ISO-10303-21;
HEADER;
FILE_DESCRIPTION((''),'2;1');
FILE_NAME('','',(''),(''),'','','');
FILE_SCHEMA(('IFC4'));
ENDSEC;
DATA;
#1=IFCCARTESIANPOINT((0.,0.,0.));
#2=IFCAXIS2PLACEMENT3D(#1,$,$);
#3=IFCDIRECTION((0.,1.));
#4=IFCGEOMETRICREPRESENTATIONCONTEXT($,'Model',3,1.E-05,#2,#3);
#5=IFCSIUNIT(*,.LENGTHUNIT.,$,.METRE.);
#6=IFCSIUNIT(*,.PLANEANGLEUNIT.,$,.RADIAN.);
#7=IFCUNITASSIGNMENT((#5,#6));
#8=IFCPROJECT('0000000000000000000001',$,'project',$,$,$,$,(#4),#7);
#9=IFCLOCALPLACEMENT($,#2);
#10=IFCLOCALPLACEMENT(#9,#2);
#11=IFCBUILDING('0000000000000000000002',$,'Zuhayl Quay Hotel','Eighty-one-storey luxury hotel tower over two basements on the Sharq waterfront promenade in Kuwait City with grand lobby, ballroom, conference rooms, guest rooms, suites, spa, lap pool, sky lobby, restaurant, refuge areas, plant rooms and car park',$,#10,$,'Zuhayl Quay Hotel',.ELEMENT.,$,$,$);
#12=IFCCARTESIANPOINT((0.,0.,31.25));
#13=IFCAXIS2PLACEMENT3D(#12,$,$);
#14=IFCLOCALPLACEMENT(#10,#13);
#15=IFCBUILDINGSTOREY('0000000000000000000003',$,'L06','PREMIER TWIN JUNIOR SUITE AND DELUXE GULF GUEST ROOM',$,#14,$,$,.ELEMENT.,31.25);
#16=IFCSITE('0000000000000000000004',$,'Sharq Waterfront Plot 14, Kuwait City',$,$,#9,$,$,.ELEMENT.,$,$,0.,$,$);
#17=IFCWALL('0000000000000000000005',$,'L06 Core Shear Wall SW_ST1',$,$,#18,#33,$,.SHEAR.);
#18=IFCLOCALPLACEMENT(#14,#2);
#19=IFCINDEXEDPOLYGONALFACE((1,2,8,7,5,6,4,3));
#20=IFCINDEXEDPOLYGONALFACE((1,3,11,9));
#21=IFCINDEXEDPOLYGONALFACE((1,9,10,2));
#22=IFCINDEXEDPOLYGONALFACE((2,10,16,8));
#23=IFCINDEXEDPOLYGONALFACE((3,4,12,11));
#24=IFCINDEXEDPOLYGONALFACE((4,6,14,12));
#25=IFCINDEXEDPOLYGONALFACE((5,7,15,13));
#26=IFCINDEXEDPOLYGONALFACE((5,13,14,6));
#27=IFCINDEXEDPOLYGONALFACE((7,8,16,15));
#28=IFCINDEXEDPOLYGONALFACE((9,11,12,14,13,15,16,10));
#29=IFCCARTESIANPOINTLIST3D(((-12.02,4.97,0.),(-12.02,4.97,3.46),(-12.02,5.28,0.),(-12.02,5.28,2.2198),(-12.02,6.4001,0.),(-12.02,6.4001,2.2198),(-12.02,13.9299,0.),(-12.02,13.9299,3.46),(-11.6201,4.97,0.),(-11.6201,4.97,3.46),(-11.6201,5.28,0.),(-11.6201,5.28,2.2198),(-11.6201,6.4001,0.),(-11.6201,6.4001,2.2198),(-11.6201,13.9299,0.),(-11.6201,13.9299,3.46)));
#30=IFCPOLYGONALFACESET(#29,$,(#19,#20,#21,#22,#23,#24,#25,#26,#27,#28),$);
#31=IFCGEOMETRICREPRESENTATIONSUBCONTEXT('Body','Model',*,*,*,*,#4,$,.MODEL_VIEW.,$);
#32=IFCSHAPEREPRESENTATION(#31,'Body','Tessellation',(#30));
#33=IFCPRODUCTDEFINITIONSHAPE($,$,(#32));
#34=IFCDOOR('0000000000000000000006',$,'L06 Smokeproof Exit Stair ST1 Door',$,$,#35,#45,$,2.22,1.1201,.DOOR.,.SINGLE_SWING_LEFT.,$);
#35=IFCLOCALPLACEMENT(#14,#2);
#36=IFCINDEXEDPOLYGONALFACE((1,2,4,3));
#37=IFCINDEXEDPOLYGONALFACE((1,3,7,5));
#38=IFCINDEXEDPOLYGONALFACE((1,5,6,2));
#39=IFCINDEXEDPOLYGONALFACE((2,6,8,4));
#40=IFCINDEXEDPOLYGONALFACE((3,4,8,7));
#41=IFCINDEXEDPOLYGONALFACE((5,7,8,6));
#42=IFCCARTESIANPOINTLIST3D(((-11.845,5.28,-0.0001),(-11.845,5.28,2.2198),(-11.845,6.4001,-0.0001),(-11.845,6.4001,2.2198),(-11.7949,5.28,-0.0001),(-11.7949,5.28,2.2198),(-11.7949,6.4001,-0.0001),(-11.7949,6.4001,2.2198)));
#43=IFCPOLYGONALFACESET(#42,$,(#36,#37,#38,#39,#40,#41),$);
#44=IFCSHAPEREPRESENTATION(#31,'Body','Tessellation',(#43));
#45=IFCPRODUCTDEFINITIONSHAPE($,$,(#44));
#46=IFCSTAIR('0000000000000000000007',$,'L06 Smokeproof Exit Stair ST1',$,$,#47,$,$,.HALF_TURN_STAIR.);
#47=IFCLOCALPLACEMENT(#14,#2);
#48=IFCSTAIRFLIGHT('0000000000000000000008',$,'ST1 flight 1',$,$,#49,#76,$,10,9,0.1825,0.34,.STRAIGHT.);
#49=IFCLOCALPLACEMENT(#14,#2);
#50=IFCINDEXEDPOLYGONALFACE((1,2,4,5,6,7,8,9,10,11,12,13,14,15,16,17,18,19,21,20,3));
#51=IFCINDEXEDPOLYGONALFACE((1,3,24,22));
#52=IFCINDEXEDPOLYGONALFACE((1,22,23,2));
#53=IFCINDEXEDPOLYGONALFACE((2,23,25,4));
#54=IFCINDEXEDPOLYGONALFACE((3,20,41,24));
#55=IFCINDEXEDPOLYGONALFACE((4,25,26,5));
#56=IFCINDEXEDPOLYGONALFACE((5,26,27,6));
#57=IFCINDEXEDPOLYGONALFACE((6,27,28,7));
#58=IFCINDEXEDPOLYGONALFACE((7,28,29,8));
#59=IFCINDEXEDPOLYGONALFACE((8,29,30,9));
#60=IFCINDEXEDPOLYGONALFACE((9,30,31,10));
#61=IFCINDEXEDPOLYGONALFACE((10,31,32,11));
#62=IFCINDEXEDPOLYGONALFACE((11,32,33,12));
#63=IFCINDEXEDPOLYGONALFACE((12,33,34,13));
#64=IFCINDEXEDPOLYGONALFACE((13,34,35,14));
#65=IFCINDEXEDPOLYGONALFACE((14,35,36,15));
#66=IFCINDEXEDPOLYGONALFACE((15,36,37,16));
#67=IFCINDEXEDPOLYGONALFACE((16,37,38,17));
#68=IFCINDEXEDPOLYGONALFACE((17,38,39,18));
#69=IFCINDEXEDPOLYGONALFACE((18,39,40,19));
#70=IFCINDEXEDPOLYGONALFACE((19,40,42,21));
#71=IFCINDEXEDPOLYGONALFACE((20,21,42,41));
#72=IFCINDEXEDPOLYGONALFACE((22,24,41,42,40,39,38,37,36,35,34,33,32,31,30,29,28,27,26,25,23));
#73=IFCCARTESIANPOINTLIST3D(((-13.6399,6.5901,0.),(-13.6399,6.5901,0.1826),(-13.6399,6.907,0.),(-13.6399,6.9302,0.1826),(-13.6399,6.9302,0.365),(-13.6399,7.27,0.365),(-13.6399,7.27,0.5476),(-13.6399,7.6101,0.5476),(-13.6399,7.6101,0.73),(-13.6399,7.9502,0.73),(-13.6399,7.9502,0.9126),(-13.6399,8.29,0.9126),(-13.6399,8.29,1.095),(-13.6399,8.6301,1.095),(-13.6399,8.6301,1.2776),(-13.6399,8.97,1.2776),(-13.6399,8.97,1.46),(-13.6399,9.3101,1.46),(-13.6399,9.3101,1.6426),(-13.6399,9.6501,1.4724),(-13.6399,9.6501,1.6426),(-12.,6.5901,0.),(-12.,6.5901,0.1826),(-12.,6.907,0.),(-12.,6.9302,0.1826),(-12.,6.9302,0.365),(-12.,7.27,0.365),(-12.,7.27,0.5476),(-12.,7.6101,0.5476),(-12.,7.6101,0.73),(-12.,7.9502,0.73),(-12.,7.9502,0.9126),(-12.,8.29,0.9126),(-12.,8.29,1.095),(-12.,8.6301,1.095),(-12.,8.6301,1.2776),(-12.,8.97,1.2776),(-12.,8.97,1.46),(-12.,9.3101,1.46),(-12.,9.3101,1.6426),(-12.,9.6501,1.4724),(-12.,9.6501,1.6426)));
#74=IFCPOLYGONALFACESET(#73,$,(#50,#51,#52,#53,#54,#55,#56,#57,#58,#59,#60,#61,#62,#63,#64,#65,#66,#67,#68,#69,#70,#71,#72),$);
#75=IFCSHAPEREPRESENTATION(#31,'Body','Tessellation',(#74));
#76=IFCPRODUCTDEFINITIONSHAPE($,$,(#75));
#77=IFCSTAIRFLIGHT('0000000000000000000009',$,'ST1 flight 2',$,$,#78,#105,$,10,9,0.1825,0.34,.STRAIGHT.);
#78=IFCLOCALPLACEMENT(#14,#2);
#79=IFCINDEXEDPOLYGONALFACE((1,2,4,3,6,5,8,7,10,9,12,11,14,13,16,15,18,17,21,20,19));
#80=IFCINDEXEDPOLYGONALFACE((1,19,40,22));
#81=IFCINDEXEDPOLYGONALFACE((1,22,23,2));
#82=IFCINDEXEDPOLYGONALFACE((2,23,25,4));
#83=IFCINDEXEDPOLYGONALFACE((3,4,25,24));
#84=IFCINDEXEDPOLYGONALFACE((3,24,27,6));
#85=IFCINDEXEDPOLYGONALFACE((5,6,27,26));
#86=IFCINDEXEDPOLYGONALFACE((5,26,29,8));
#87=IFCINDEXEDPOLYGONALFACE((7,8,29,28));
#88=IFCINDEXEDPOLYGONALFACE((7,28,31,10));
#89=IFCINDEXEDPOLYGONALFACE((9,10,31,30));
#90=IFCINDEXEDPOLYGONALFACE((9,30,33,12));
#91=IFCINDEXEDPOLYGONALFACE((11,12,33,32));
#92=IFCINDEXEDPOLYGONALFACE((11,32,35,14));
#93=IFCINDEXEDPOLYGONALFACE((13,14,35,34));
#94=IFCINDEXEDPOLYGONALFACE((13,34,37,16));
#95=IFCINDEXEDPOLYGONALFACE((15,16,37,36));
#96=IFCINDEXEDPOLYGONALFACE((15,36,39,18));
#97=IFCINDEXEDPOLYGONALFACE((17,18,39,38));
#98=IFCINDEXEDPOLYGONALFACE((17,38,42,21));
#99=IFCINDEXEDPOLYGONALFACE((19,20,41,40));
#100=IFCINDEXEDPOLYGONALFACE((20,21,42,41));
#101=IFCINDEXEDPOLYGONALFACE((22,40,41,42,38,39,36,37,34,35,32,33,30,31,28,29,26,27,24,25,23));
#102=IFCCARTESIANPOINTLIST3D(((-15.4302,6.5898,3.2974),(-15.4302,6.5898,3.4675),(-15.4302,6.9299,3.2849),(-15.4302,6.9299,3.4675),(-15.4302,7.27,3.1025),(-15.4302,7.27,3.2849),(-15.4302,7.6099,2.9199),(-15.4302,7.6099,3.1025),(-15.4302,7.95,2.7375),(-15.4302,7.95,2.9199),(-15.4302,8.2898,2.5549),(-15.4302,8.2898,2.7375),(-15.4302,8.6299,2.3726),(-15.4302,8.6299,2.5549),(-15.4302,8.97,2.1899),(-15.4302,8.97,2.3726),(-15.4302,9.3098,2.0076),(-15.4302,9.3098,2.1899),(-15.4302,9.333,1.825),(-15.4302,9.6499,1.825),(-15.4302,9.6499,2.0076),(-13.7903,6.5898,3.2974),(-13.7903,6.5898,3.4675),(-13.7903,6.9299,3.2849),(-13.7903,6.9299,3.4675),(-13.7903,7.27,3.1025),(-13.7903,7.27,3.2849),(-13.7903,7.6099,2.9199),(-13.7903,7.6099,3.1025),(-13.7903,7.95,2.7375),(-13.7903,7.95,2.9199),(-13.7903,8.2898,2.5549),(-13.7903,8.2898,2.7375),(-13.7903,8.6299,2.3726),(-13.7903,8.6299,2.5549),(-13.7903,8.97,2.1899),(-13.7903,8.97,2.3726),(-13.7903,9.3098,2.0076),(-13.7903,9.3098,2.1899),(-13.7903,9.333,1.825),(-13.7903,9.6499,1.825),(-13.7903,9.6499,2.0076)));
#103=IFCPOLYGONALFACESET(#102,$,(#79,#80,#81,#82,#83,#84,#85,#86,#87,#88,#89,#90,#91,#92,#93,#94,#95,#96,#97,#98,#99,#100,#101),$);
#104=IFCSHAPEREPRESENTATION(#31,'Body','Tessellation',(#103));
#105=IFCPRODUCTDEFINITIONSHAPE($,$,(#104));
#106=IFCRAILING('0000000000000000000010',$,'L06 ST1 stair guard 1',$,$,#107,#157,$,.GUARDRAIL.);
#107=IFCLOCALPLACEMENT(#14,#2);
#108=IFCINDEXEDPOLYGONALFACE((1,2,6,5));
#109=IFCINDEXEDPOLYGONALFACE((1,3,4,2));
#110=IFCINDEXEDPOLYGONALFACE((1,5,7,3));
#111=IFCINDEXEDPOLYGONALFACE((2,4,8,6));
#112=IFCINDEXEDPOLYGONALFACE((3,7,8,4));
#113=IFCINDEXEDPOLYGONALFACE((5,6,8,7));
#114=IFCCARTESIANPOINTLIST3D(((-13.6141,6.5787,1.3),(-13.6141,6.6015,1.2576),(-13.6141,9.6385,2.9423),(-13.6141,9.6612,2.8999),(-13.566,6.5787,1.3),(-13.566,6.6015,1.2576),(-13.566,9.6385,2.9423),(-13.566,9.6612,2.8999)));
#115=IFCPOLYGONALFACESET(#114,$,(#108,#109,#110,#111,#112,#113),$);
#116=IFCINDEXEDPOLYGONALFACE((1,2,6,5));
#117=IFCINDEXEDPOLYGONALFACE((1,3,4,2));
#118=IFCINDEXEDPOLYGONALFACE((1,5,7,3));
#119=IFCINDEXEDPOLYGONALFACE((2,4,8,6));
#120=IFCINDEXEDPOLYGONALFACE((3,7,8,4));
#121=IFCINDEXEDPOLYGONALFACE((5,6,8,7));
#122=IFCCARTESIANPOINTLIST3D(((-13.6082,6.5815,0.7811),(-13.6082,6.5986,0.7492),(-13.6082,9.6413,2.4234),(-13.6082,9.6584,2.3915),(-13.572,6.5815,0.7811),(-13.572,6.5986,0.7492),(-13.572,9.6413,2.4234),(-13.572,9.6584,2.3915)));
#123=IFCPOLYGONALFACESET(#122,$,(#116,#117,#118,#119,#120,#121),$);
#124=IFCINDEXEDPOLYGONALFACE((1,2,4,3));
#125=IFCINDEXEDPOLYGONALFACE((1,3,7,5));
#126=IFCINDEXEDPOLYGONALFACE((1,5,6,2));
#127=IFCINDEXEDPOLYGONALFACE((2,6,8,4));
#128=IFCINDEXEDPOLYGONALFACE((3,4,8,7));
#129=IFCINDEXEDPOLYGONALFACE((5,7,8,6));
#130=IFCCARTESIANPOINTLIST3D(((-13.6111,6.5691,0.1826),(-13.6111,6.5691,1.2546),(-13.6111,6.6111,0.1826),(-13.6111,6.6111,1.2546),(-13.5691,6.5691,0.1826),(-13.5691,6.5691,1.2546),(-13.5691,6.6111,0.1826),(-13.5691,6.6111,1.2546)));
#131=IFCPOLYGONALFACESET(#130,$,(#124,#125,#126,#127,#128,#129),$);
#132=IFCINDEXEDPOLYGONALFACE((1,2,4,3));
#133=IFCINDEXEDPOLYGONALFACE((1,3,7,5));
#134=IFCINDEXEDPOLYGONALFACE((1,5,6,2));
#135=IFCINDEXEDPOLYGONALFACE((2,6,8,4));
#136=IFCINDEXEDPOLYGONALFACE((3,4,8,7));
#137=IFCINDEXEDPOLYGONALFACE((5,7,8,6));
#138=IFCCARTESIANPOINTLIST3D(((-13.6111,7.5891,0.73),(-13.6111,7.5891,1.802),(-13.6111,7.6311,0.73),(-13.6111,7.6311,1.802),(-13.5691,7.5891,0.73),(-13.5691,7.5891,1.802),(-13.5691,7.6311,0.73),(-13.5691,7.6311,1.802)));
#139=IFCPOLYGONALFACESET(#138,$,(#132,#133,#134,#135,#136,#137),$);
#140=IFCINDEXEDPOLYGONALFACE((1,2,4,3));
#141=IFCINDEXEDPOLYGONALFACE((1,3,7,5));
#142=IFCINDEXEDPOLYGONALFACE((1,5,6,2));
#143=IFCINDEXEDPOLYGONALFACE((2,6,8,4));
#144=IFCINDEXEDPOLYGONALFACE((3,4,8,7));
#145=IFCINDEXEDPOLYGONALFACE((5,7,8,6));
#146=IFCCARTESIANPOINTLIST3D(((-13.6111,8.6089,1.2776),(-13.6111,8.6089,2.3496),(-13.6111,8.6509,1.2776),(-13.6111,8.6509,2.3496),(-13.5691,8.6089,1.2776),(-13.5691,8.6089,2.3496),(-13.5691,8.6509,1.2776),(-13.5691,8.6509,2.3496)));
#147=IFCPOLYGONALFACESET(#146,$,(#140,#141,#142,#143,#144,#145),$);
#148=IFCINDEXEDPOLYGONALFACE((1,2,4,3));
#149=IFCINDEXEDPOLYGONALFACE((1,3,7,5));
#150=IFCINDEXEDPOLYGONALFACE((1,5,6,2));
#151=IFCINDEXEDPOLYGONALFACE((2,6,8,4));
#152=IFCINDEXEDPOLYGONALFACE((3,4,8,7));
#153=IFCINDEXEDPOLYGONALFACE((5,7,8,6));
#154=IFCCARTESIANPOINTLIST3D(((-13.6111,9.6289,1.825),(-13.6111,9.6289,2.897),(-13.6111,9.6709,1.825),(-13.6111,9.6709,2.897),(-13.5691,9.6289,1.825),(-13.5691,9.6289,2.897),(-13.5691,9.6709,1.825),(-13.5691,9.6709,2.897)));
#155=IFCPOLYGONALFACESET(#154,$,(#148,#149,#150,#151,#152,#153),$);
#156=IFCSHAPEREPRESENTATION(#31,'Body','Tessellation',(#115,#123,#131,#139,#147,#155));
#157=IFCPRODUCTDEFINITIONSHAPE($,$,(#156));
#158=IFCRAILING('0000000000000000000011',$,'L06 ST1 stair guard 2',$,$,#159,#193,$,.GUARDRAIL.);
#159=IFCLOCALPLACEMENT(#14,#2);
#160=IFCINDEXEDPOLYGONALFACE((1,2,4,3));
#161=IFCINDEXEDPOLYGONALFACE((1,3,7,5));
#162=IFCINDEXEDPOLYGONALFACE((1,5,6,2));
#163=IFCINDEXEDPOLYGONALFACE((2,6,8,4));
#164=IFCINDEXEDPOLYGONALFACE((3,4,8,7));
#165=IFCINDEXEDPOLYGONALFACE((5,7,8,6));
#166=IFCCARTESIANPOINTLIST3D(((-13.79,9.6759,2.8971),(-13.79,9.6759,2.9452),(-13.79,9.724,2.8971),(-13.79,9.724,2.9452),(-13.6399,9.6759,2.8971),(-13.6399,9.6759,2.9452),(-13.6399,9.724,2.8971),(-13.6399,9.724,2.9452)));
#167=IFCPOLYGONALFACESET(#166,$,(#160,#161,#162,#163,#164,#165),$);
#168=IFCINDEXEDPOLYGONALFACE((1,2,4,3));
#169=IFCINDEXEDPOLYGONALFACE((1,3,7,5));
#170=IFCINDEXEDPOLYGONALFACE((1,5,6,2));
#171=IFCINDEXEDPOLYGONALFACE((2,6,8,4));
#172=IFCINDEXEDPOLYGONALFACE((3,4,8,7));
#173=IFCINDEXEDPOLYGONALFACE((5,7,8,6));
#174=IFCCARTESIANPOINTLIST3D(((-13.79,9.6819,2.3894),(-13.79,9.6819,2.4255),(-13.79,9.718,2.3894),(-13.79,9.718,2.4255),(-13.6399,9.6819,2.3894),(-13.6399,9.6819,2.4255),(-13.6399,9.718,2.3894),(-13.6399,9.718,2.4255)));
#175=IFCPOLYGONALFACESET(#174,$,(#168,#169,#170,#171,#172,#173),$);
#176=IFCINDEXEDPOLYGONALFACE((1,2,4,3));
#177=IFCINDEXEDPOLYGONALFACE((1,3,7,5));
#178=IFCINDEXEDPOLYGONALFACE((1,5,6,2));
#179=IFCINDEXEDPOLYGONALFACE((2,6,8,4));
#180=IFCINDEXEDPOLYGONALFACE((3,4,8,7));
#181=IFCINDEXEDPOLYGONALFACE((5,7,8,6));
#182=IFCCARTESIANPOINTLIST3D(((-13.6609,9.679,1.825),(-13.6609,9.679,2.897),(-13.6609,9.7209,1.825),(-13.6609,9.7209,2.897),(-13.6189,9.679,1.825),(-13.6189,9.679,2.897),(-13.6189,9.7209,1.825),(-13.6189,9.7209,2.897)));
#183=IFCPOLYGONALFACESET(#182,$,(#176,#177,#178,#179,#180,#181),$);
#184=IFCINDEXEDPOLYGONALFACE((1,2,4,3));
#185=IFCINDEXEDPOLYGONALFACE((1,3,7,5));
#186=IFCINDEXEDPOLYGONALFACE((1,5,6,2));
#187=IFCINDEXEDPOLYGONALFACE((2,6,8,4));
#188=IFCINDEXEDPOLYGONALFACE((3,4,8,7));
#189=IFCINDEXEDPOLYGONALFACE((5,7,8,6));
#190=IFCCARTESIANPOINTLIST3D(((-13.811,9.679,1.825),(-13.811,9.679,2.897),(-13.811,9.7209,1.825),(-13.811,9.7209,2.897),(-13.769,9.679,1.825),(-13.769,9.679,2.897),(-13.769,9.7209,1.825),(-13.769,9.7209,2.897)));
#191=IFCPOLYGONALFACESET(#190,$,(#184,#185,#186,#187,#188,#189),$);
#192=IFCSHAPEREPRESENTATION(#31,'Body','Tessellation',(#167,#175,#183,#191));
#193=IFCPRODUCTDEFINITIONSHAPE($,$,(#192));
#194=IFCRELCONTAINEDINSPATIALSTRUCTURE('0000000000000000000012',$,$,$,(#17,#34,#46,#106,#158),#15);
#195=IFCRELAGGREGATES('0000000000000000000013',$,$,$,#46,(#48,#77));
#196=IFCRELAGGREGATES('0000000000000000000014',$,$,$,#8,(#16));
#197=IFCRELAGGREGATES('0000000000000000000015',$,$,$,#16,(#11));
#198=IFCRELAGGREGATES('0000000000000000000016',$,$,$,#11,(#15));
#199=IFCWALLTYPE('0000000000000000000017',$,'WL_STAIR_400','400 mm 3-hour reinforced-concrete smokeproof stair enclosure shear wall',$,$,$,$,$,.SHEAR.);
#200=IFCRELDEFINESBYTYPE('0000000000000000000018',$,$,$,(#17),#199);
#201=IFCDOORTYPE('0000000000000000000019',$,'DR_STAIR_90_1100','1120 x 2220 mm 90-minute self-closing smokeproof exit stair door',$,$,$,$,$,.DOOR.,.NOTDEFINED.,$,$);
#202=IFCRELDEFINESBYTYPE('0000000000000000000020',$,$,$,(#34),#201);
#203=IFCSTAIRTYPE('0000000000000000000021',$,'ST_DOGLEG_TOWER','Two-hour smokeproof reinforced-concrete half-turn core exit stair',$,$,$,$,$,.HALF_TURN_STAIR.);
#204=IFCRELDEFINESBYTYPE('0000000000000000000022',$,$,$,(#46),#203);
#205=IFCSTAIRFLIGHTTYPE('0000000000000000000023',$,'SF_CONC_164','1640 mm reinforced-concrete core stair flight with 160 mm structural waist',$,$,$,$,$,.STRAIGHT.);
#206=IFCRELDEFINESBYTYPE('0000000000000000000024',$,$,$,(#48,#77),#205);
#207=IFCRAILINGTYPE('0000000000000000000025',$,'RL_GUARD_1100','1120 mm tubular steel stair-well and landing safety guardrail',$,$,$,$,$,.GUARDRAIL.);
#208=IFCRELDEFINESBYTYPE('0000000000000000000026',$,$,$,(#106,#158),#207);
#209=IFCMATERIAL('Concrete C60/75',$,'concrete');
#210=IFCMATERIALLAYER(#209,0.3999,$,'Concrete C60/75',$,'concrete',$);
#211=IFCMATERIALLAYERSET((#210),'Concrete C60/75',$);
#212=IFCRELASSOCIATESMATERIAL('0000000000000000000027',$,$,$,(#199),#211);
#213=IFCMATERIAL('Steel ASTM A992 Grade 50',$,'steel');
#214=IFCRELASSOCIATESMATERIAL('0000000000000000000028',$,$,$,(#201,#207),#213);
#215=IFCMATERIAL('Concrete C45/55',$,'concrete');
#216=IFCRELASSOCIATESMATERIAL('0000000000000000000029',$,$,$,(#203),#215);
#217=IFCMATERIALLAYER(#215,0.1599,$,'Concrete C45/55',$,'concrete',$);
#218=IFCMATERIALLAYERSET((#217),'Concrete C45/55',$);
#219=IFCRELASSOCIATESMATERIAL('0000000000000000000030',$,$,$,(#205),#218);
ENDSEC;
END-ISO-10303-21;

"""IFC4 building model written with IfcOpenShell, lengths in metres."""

from ifc_helpers import new_model, si_unit, direction, frame, frame_2d, origin, origin_2d, place, context, subcontext, project, spatial, polyline, rectangle, outline, extrude, material, layer, layer_set, type_object, element, fill, aggregate, save


model = new_model("IFC4")

# Units and contexts
model_context = context("Model", 3, precision=1e-05, world=origin(), true_north=direction((0.0, 1.0)))
body_context = subcontext(model_context, "Body", "Model", "MODEL_VIEW")
ifc_project = project(units=[si_unit("LENGTHUNIT", "METRE"), si_unit("PLANEANGLEUNIT", "RADIAN")], contexts=[model_context])

# Site, building, storey
site_placement = place(None, origin())
site = spatial("IfcSite", under=ifc_project, at=site_placement, Name="Sharq Waterfront Plot 14, Kuwait City", CompositionType="ELEMENT", RefElevation=0.0)
building_placement = place(site_placement, origin())
building = spatial("IfcBuilding", under=site, at=building_placement, Name="Zuhayl Quay Hotel", Description="Eighty-one-storey luxury hotel tower over two basements on the Sharq waterfront promenade in Kuwait City with grand lobby, ballroom, conference rooms, guest rooms, suites, spa, lap pool, sky lobby, restaurant, refuge areas, plant rooms and car park", LongName="Zuhayl Quay Hotel", CompositionType="ELEMENT")
storey_placement = place(building_placement, frame((0.0, 0.0, 31.25)))
storey = spatial("IfcBuildingStorey", under=building, at=storey_placement, Name="L06", Description="PREMIER TWIN JUNIOR SUITE AND DELUXE GULF GUEST ROOM", CompositionType="ELEMENT", Elevation=31.25)

# Shared definitions
ifc_material_1 = material(Name="Steel ASTM A992 Grade 50", Category="steel")
ifc_material_2 = material(Name="Concrete C60/75", Category="concrete")

# Wall, opening, door
ifc_layer_1 = layer(ifc_material_2, 0.3999, Name="Concrete C60/75", Category="concrete")
ifc_layer_set_1 = layer_set([ifc_layer_1], Name="Concrete C60/75")
wall_type_1 = type_object("IfcWallType", Name="WL_STAIR_400", Description="400 mm 3-hour reinforced-concrete smokeproof stair enclosure shear wall", PredefinedType="SHEAR", material=ifc_layer_set_1)
wall_1_placement = place(storey_placement, frame((-11.8201, 4.97, 0.0), z_axis=(0.0, 0.0, 1.0), x_axis=(0.0, 1.0, 0.0)))
wall_1 = element("IfcWall", 1, at=wall_1_placement, inside=storey, type_object=wall_type_1, Name="L06 Core Shear Wall SW_ST1", PredefinedType="SHEAR", context=body_context, shape_type="SweptSolid", body=[
    extrude(rectangle(XDim=8.96, YDim=0.3999, at=frame_2d((4.48, 0.0))), origin(), (0.0, 0.0, 1.0), 3.46),
])
opening_1_placement = place(wall_1_placement, frame((0.3101, 0.0, 0.0)))
opening_1 = element("IfcOpeningElement", 2, at=opening_1_placement, cuts=wall_1, PredefinedType="OPENING", context=body_context, shape_type="SweptSolid", body=[
    extrude(rectangle(XDim=1.1201, YDim=2.22, at=frame_2d((0.5601, 1.1099))), frame((0.0, 0.21, 0.0), z_axis=(0.0, -1.0, 0.0), x_axis=(1.0, 0.0, 0.0)), (0.0, 0.0, 1.0), 0.4199),
])
door_type_1 = type_object("IfcDoorType", Name="DR_STAIR_90_1100", Description="1120 x 2220 mm 90-minute self-closing smokeproof exit stair door", OperationType="NOTDEFINED", PredefinedType="DOOR", material=ifc_material_1)
door_1_placement = place(opening_1_placement, origin())
door_1 = element("IfcDoor", 3, at=door_1_placement, inside=storey, type_object=door_type_1, Name="L06 Smokeproof Exit Stair ST1 Door", OperationType="SINGLE_SWING_LEFT", OverallHeight=2.22, OverallWidth=1.1201, PredefinedType="DOOR", context=body_context, shape_type="SweptSolid", body=[
    extrude(rectangle(XDim=1.1201, YDim=2.22, at=frame_2d((0.5601, 1.1099))), frame((0.0, 0.0249, 0.0), z_axis=(0.0, -1.0, 0.0), x_axis=(1.0, 0.0, 0.0)), (0.0, 0.0, 1.0), 0.05),
])
fill(opening_1, door_1)

# Stair, stair flights
ifc_material_3 = material(Name="Concrete C45/55", Category="concrete")
stair_type = type_object("IfcStairType", Name="ST_DOGLEG_TOWER", Description="Two-hour smokeproof reinforced-concrete half-turn core exit stair", PredefinedType="HALF_TURN_STAIR", material=ifc_material_3)
stair_placement = place(storey_placement, origin())
stair = element("IfcStair", 4, at=stair_placement, inside=storey, type_object=stair_type, Name="L06 Smokeproof Exit Stair ST1", PredefinedType="HALF_TURN_STAIR")
ifc_layer_2 = layer(ifc_material_3, 0.1599, Name="Concrete C45/55", Category="concrete")
ifc_layer_set_2 = layer_set([ifc_layer_2], Name="Concrete C45/55")
stair_flight_type = type_object("IfcStairFlightType", Name="SF_CONC_164", Description="1640 mm reinforced-concrete core stair flight with 160 mm structural waist", PredefinedType="STRAIGHT", material=ifc_layer_set_2)
stair_flight_1_placement = place(storey_placement, frame((-12.8201, 6.5901, 0.0), z_axis=(0.0, 0.0, 1.0), x_axis=(0.0, 1.0, 0.0)))
stair_flight_1 = element("IfcStairFlight", 5, at=stair_flight_1_placement, type_object=stair_flight_type, Name="ST1 flight 1", NumberOfRisers=10, NumberOfTreads=9, PredefinedType="STRAIGHT", RiserHeight=0.1825, TreadLength=0.34, context=body_context, shape_type="SweptSolid", body=[
    extrude(outline(polyline([(0.0, 0.0), (0.0, 0.1826), (0.3401, 0.1826), (0.3401, 0.365), (0.6799, 0.365), (0.6799, 0.5476), (1.02, 0.5476), (1.02, 0.73), (1.3601, 0.73), (1.3601, 0.9126), (1.7, 0.9126), (1.7, 1.095), (2.04, 1.095), (2.04, 1.2776), (2.3799, 1.2776), (2.3799, 1.46), (2.72, 1.46), (2.72, 1.6426), (3.0601, 1.6426), (3.0601, 1.825), (3.0601, 1.4724), (0.3169, 0.0), (0.0, 0.0)])), frame((0.0, 0.8198, 0.0), z_axis=(0.0, -1.0, 0.0), x_axis=(1.0, 0.0, 0.0)), (0.0, 0.0, 1.0), 1.6399),
])
stair_flight_2_placement = place(storey_placement, frame((-14.6101, 9.6499, 1.825), z_axis=(0.0, 0.0, 1.0), x_axis=(0.0, -1.0, 0.0)))
stair_flight_2 = element("IfcStairFlight", 6, at=stair_flight_2_placement, type_object=stair_flight_type, Name="ST1 flight 2", NumberOfRisers=10, NumberOfTreads=9, PredefinedType="STRAIGHT", RiserHeight=0.1825, TreadLength=0.34, context=body_context, shape_type="SweptSolid", body=[
    extrude(outline(polyline([(0.0, 0.0), (0.0, 0.1826), (0.3401, 0.1826), (0.3401, 0.365), (0.6799, 0.365), (0.6799, 0.5476), (1.02, 0.5476), (1.02, 0.73), (1.3601, 0.73), (1.3601, 0.9126), (1.7, 0.9126), (1.7, 1.095), (2.04, 1.095), (2.04, 1.2776), (2.3799, 1.2776), (2.3799, 1.46), (2.72, 1.46), (2.72, 1.6426), (3.0601, 1.6426), (3.0601, 1.825), (3.0601, 1.4724), (0.3169, 0.0), (0.0, 0.0)])), frame((0.0, 0.8198, 0.0), z_axis=(0.0, -1.0, 0.0), x_axis=(1.0, 0.0, 0.0)), (0.0, 0.0, 1.0), 1.6399),
])
aggregate(stair, [stair_flight_1, stair_flight_2])

# Railings
railing_type_1 = type_object("IfcRailingType", Name="RL_GUARD_1100", Description="1120 mm tubular steel stair-well and landing safety guardrail", PredefinedType="GUARDRAIL", material=ifc_material_1)
railing_1_placement = place(storey_placement, frame((-13.5901, 6.5901, 0.1826)))
element("IfcRailing", 7, at=railing_1_placement, inside=storey, type_object=railing_type_1, Name="L06 ST1 stair guard 1", PredefinedType="GUARDRAIL", context=body_context, shape_type="SweptSolid", body=[
    extrude(rectangle(XDim=0.0481, YDim=0.0481, at=origin_2d()), frame((0.0, 0.0, 1.0962), z_axis=(0.0, 0.881102, 0.472926), x_axis=(-1.0, 0.0, 0.0)), (0.0, 0.0, 1.0), 3.4727),
    extrude(rectangle(XDim=0.0361, YDim=0.0361, at=origin_2d()), frame((0.0, 0.0, 0.5825), z_axis=(0.0, 0.881102, 0.472926), x_axis=(-1.0, 0.0, 0.0)), (0.0, 0.0, 1.0), 3.4727),
    extrude(rectangle(XDim=0.042, YDim=0.042, at=origin_2d()), origin(), (0.0, 0.0, 1.0), 1.072),
    extrude(rectangle(XDim=0.042, YDim=0.042, at=origin_2d()), frame((0.0, 1.02, 0.5474)), (0.0, 0.0, 1.0), 1.072),
    extrude(rectangle(XDim=0.042, YDim=0.042, at=origin_2d()), frame((0.0, 2.0398, 1.095)), (0.0, 0.0, 1.0), 1.072),
    extrude(rectangle(XDim=0.042, YDim=0.042, at=origin_2d()), frame((0.0, 3.0598, 1.6423)), (0.0, 0.0, 1.0), 1.072),
])
railing_2_placement = place(storey_placement, frame((-13.6399, 9.7, 1.825)))
element("IfcRailing", 8, at=railing_2_placement, inside=storey, type_object=railing_type_1, Name="L06 ST1 stair guard 2", PredefinedType="GUARDRAIL", context=body_context, shape_type="SweptSolid", body=[
    extrude(rectangle(XDim=0.0481, YDim=0.0481, at=origin_2d()), frame((0.0, 0.0, 1.0962), z_axis=(-1.0, 0.0, 0.0), x_axis=(0.0, -1.0, 0.0)), (0.0, 0.0, 1.0), 0.1501),
    extrude(rectangle(XDim=0.0361, YDim=0.0361, at=origin_2d()), frame((0.0, 0.0, 0.5825), z_axis=(-1.0, 0.0, 0.0), x_axis=(0.0, -1.0, 0.0)), (0.0, 0.0, 1.0), 0.1501),
    extrude(rectangle(XDim=0.042, YDim=0.042, at=origin_2d()), origin(), (0.0, 0.0, 1.0), 1.072),
    extrude(rectangle(XDim=0.042, YDim=0.042, at=origin_2d()), frame((-0.1501, 0.0, 0.0)), (0.0, 0.0, 1.0), 1.072),
])

save(model, "model.ifc")
